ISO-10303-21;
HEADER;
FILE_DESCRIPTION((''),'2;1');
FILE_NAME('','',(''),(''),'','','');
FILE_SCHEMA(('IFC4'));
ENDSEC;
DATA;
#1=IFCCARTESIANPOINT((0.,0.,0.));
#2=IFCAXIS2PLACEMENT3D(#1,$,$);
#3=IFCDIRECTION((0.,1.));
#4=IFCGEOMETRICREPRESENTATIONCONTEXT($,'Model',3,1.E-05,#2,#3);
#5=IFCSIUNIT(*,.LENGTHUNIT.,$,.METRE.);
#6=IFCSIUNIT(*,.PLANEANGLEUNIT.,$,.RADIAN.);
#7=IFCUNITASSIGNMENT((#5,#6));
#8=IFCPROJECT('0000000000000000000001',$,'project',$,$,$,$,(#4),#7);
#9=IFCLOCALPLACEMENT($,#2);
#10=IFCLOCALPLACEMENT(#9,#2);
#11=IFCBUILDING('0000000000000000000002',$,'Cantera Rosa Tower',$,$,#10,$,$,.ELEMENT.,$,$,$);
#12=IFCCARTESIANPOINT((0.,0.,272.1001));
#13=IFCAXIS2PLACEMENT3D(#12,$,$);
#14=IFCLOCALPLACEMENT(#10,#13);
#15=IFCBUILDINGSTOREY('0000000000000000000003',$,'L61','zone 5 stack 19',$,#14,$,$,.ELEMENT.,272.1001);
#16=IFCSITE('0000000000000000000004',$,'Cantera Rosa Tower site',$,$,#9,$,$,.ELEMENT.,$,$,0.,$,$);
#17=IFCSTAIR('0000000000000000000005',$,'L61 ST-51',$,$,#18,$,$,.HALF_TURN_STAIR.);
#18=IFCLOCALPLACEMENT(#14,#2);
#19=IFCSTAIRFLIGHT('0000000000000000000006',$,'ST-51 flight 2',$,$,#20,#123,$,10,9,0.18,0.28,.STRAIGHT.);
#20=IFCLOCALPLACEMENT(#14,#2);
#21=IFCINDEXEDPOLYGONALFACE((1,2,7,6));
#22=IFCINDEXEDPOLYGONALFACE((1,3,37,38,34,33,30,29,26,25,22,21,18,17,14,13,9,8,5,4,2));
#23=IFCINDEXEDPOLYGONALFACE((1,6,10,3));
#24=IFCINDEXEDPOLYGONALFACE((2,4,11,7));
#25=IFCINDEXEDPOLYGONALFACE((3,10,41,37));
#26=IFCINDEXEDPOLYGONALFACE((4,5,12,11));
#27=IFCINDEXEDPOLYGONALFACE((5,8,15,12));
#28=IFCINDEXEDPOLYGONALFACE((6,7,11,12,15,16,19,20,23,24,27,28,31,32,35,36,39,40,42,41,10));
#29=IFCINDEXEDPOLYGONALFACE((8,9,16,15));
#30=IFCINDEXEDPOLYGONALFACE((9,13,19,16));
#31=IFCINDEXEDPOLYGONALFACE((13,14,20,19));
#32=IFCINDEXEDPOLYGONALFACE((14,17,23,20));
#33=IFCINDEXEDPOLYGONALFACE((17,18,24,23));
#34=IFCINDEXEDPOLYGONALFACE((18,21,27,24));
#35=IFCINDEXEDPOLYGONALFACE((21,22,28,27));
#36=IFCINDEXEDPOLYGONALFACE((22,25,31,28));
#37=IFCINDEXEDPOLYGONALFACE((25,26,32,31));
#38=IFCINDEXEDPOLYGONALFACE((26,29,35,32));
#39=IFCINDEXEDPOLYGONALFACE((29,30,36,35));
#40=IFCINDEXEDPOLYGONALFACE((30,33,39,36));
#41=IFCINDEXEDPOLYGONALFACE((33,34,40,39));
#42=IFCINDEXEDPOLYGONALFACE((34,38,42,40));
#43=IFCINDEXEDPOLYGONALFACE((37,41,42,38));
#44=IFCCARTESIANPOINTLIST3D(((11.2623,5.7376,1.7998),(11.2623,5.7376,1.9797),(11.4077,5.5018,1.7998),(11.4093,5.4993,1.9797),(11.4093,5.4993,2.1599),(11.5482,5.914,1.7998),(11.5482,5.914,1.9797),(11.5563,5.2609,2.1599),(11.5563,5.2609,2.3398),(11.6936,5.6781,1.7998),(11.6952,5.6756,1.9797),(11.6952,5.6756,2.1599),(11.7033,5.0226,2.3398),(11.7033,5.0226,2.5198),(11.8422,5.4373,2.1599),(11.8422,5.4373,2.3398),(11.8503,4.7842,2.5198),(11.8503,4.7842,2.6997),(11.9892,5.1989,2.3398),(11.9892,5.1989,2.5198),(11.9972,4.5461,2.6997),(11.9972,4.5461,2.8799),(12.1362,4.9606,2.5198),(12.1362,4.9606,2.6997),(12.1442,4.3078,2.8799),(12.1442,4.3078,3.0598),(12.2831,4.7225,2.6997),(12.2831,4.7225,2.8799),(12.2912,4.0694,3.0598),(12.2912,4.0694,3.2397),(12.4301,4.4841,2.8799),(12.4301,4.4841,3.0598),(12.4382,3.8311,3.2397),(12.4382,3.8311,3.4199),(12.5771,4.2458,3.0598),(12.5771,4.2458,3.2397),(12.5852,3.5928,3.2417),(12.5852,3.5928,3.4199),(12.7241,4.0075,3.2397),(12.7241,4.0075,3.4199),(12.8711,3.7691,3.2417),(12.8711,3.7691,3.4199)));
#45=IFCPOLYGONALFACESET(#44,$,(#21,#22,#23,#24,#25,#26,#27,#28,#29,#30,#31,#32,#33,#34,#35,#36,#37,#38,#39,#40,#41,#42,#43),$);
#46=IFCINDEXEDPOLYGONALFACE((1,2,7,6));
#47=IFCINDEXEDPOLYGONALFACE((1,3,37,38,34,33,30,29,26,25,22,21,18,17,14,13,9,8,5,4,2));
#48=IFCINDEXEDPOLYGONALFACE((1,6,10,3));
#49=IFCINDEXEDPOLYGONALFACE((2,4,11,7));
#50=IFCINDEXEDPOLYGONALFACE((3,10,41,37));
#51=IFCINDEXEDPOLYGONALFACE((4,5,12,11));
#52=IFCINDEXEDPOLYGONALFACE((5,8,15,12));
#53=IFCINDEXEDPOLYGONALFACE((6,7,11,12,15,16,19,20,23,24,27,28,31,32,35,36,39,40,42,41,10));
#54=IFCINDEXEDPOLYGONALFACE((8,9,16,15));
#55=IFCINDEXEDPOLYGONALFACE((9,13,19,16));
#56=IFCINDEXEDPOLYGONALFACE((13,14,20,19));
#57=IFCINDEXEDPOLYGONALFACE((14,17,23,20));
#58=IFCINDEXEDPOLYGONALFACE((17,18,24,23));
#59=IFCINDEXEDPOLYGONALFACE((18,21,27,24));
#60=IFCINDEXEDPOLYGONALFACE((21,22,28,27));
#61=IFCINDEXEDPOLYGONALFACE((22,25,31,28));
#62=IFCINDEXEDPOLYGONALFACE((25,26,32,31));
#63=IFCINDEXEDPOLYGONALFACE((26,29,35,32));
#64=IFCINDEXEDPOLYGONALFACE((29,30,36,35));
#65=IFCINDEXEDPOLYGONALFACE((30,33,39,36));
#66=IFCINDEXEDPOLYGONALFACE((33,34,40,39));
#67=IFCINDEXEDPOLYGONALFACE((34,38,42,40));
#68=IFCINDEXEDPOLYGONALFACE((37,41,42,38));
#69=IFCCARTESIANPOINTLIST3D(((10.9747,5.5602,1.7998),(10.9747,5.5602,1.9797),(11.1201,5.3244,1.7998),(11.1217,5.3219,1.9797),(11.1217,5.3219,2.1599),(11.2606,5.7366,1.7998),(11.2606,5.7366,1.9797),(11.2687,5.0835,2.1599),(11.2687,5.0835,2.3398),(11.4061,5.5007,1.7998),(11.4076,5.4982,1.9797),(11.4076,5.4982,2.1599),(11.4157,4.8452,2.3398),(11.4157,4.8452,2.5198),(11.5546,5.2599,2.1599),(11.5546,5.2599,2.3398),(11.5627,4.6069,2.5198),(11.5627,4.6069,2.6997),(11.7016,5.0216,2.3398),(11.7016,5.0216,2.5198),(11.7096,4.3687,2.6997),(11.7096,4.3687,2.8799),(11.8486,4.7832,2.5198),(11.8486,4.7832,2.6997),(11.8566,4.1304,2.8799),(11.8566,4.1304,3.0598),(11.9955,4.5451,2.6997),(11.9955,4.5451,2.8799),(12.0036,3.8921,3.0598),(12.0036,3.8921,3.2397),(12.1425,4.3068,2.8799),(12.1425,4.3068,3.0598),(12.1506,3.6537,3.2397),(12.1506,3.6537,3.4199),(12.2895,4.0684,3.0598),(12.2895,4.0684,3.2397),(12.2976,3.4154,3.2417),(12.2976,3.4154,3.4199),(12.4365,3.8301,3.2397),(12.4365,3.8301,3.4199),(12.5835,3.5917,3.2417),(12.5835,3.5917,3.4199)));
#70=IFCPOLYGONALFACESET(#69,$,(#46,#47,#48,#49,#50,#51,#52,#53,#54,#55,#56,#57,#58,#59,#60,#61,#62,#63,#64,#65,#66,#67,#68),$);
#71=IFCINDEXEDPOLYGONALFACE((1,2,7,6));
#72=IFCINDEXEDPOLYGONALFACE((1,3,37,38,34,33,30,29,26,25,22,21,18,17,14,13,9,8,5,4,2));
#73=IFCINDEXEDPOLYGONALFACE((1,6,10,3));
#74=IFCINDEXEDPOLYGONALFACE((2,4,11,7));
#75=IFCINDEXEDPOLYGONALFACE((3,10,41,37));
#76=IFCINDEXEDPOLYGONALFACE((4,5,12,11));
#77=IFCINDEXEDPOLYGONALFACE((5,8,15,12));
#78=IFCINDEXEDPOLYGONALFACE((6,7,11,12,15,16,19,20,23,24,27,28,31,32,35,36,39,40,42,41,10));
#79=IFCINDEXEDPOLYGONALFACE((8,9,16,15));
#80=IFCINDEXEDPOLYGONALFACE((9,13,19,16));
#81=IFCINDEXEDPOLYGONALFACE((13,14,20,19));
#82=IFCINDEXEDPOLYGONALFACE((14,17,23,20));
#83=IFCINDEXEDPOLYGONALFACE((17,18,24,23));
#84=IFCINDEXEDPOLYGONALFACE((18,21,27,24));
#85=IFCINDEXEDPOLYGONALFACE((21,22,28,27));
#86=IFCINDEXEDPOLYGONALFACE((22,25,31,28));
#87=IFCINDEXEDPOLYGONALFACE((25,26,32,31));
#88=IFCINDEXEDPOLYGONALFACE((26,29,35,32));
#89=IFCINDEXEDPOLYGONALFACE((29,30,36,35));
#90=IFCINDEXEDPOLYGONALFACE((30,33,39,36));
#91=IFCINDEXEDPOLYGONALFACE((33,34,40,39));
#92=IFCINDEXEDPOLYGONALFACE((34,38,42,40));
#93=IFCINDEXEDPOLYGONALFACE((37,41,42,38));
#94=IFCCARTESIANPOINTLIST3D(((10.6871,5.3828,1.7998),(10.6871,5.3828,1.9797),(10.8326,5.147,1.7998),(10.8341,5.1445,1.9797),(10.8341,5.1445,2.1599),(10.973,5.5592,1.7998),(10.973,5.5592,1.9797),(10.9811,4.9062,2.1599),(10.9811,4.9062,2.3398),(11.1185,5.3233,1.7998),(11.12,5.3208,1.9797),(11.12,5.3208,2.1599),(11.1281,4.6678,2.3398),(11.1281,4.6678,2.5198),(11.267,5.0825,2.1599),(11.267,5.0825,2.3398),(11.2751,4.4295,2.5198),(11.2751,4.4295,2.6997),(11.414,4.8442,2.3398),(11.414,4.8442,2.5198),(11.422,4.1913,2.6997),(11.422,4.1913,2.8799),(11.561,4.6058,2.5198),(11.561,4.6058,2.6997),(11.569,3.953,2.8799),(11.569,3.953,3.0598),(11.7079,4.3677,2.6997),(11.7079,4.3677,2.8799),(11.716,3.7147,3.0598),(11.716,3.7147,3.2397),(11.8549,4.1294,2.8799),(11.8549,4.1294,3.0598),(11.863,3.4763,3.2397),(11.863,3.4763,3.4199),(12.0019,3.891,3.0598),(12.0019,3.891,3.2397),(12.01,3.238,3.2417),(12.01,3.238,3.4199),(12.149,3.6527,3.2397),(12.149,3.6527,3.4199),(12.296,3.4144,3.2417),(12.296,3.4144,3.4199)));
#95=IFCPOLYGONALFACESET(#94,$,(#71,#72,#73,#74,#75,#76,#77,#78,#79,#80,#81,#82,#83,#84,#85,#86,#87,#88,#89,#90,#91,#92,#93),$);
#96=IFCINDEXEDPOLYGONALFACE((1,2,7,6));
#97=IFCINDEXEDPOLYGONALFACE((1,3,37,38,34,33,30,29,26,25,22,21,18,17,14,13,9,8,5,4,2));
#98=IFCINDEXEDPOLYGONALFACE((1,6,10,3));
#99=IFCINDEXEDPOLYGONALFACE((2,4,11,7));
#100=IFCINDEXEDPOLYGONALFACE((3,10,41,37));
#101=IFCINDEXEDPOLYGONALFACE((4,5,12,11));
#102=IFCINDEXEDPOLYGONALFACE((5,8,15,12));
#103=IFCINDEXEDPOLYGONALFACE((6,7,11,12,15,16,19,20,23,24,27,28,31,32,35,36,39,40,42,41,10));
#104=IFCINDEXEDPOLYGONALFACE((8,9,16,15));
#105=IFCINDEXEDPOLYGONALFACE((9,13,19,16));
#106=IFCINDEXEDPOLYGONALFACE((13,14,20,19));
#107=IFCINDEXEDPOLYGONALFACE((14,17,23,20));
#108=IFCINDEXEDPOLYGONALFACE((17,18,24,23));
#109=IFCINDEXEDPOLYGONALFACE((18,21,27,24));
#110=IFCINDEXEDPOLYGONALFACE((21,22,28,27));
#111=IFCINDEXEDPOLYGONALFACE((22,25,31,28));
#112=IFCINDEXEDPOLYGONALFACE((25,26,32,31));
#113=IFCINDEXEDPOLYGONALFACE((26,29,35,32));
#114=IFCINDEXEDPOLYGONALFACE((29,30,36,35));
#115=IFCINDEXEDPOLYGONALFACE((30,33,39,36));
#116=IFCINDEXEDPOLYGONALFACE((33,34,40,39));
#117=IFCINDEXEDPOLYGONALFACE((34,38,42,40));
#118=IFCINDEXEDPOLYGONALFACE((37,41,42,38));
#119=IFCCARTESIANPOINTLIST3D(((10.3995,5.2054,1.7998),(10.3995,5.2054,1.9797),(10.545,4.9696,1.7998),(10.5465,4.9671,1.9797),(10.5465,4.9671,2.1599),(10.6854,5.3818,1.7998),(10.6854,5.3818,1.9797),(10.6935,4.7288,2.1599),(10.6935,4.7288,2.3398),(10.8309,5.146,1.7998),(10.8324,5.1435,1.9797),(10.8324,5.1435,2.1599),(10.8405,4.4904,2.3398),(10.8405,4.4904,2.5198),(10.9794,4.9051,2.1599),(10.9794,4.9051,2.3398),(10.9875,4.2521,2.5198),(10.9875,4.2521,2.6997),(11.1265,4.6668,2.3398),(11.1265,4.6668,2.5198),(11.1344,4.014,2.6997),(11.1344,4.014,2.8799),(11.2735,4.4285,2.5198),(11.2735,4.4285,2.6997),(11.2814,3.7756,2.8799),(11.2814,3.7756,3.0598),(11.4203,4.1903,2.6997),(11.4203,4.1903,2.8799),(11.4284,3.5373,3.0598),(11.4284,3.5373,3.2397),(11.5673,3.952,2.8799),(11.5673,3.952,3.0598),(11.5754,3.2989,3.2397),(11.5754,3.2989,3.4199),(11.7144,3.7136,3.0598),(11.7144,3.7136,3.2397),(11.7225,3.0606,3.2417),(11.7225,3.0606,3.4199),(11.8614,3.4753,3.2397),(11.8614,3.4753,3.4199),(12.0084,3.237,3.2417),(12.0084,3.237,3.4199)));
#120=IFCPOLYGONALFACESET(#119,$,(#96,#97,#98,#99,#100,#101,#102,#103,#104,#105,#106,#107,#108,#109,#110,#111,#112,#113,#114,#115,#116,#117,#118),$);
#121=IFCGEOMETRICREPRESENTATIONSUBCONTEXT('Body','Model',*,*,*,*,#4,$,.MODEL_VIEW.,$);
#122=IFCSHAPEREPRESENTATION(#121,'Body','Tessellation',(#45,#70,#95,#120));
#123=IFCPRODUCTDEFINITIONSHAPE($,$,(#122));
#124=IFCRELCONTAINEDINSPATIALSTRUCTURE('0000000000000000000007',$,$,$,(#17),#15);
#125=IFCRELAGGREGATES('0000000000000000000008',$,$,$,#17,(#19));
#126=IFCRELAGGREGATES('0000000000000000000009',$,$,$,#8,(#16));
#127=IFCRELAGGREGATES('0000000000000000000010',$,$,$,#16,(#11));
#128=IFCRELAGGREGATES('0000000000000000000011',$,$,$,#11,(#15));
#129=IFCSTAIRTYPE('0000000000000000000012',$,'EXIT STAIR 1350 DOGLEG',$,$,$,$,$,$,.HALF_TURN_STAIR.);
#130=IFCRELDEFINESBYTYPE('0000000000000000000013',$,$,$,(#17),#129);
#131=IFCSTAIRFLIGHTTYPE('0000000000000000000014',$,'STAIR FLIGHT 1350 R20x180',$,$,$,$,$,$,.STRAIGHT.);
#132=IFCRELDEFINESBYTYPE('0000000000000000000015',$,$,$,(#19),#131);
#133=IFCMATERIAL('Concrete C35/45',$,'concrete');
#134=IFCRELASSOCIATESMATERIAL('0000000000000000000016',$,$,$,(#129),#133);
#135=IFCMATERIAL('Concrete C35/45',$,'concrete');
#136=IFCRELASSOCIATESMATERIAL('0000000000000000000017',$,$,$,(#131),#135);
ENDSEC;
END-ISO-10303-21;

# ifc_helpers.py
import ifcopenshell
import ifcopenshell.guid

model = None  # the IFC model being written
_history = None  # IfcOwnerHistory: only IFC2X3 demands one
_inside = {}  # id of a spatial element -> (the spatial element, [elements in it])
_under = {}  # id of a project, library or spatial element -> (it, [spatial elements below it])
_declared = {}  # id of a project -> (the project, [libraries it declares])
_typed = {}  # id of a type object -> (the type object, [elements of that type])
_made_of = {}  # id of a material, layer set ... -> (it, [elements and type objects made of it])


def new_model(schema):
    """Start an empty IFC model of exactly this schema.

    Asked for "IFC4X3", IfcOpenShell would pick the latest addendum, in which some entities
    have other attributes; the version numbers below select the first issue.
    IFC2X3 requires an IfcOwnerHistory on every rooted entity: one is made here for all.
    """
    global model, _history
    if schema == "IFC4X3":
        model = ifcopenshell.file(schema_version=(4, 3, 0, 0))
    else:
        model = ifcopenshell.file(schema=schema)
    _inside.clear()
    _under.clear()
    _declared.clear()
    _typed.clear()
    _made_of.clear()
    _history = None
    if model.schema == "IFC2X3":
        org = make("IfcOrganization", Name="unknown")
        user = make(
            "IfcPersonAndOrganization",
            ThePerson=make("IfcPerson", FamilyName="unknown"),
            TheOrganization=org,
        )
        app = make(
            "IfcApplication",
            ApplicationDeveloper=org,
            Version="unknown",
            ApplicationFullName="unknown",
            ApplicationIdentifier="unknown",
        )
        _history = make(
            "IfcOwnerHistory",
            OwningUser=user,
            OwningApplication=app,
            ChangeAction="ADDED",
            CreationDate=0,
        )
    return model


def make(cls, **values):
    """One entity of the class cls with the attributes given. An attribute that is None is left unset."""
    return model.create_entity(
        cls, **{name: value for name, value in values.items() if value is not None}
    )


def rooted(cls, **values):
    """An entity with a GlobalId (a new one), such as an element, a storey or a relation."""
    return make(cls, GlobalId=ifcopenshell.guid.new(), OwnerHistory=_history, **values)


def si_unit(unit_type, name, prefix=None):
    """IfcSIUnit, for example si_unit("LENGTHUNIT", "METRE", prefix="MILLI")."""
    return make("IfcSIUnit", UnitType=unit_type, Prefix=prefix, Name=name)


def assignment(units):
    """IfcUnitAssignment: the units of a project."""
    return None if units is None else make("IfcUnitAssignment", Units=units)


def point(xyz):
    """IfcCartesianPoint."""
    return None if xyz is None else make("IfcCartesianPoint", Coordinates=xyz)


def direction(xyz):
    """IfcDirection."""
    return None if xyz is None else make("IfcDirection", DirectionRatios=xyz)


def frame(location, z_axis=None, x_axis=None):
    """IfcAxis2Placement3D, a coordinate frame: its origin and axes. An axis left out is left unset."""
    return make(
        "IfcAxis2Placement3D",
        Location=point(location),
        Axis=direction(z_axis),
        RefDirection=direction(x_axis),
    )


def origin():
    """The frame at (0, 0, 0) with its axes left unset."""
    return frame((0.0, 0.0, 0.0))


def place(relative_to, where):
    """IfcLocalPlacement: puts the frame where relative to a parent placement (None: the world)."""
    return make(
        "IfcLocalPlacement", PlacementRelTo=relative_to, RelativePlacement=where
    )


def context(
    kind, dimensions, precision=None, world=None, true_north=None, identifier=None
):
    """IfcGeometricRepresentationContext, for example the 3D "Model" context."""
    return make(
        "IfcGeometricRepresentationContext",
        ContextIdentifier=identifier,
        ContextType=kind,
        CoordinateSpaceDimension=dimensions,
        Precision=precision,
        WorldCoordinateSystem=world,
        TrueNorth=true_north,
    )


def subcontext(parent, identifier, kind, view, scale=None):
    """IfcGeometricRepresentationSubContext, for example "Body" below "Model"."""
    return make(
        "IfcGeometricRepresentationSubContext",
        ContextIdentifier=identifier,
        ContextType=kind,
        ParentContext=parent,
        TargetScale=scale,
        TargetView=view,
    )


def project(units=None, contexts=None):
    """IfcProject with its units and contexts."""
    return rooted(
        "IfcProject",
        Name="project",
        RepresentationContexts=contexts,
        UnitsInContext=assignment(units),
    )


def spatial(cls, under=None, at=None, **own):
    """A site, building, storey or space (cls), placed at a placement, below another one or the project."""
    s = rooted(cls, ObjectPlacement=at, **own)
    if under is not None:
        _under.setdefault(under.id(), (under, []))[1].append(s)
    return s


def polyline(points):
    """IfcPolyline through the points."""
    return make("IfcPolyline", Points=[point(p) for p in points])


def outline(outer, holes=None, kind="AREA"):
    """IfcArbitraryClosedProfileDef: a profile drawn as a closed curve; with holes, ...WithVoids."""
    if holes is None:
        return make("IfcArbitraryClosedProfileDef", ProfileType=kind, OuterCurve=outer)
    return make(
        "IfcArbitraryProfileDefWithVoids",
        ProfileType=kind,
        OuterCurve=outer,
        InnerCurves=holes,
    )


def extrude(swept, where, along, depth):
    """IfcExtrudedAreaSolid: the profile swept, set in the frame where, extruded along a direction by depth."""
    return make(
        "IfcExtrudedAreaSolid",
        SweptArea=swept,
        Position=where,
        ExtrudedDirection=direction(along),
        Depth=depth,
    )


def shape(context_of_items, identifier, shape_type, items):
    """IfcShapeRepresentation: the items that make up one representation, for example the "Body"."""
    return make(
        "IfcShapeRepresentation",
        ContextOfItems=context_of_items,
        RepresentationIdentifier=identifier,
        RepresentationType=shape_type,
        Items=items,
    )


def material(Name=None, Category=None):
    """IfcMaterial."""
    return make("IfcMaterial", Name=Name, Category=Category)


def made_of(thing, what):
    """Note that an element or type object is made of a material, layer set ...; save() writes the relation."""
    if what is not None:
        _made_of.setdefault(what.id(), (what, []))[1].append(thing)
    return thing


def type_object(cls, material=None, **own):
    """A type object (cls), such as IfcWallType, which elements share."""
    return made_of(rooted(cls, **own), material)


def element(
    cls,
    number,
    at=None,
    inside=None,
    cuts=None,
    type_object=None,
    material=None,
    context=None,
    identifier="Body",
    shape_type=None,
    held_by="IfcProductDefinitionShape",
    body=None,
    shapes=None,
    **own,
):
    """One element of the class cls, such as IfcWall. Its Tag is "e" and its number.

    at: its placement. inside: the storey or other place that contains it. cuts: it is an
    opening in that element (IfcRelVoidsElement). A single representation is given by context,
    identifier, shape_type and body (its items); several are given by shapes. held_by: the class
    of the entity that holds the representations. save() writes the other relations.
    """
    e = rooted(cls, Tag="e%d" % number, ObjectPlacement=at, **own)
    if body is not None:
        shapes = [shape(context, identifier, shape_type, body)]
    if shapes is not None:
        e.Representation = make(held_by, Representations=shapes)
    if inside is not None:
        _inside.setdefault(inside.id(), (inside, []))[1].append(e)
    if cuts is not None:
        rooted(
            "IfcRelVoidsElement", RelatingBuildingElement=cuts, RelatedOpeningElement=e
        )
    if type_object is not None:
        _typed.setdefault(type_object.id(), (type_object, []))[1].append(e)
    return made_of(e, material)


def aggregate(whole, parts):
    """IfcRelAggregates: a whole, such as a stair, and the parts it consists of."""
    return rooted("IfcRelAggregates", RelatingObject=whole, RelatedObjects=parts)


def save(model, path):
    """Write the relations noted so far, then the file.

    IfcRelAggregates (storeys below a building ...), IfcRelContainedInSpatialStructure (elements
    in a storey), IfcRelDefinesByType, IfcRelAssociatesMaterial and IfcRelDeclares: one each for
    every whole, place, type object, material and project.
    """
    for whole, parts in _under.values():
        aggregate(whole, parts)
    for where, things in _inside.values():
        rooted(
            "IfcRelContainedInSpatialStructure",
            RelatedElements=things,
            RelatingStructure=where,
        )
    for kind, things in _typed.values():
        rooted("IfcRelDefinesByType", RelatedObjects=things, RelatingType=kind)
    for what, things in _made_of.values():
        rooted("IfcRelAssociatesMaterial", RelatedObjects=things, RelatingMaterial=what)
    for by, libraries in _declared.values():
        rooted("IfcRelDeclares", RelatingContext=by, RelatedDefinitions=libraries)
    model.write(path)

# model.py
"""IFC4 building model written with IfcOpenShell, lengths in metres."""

from ifc_helpers import new_model, si_unit, direction, frame, origin, place, context, subcontext, project, spatial, polyline, outline, extrude, material, type_object, element, aggregate, save


model = new_model("IFC4")

# Units and contexts
model_context = context("Model", 3, precision=1e-05, world=origin(), true_north=direction((0.0, 1.0)))
body_context = subcontext(model_context, "Body", "Model", "MODEL_VIEW")
ifc_project = project(units=[si_unit("LENGTHUNIT", "METRE"), si_unit("PLANEANGLEUNIT", "RADIAN")], contexts=[model_context])

# Site, building, storey
site_placement = place(None, origin())
site = spatial("IfcSite", under=ifc_project, at=site_placement, Name="Cantera Rosa Tower site", CompositionType="ELEMENT", RefElevation=0.0)
building_placement = place(site_placement, origin())
building = spatial("IfcBuilding", under=site, at=building_placement, Name="Cantera Rosa Tower", CompositionType="ELEMENT")
storey_placement = place(building_placement, frame((0.0, 0.0, 272.1001)))
storey = spatial("IfcBuildingStorey", under=building, at=storey_placement, Name="L61", Description="zone 5 stack 19", CompositionType="ELEMENT", Elevation=272.1001)

# Shared definitions
ifc_material_1 = material(Name="Concrete C35/45", Category="concrete")
stair_type_1 = type_object("IfcStairType", Name="EXIT STAIR 1350 DOGLEG", PredefinedType="HALF_TURN_STAIR", material=ifc_material_1)

# Stair, stair flight
stair_1_placement = place(storey_placement, origin())
stair_1 = element("IfcStair", 1, at=stair_1_placement, inside=storey, type_object=stair_type_1, Name="L61 ST-51", PredefinedType="HALF_TURN_STAIR")
ifc_material_2 = material(Name="Concrete C35/45", Category="concrete")
stair_flight_type = type_object("IfcStairFlightType", Name="STAIR FLIGHT 1350 R20x180", PredefinedType="STRAIGHT", material=ifc_material_2)
stair_flight_1_placement = place(storey_placement, frame((10.9736, 5.5596, 1.7998), z_axis=(0.0, 0.0, 1.0), x_axis=(0.524977, -0.851117, 0.0)))
stair_flight_1 = element("IfcStairFlight", 2, at=stair_flight_1_placement, type_object=stair_flight_type, Name="ST-51 flight 2", NumberOfRisers=10, NumberOfTreads=9, PredefinedType="STRAIGHT", RiserHeight=0.18, TreadLength=0.28, context=body_context, shape_type="SweptSolid", body=[
    extrude(outline(polyline([(0.0, 0.0), (0.0, 0.1799), (0.28, 0.1799), (0.28, 0.3601), (0.5601, 0.3601), (0.5601, 0.54), (0.8401, 0.54), (0.8401, 0.72), (1.1201, 0.72), (1.1201, 0.8999), (1.3999, 0.8999), (1.3999, 1.0801), (1.6799, 1.0801), (1.6799, 1.26), (1.96, 1.26), (1.96, 1.4399), (2.24, 1.4399), (2.24, 1.6201), (2.52, 1.6201), (2.52, 1.8), (2.52, 1.4419), (0.2771, 0.0), (0.0, 0.0)])), frame((0.0, 0.675, 0.0), z_axis=(0.0, -1.0, 0.0), x_axis=(1.0, 0.0, 0.0)), (0.0, 0.0, 1.0), 0.3359),
    extrude(outline(polyline([(0.0, 0.0), (0.0, 0.1799), (0.28, 0.1799), (0.28, 0.3601), (0.5601, 0.3601), (0.5601, 0.54), (0.8401, 0.54), (0.8401, 0.72), (1.1201, 0.72), (1.1201, 0.8999), (1.3999, 0.8999), (1.3999, 1.0801), (1.6799, 1.0801), (1.6799, 1.26), (1.96, 1.26), (1.96, 1.4399), (2.24, 1.4399), (2.24, 1.6201), (2.52, 1.6201), (2.52, 1.8), (2.52, 1.4419), (0.2771, 0.0), (0.0, 0.0)])), frame((0.0, 0.3372, 0.0), z_axis=(0.0, -1.0, 0.0), x_axis=(1.0, 0.0, 0.0)), (0.0, 0.0, 1.0), 0.3359),
    extrude(outline(polyline([(0.0, 0.0), (0.0, 0.1799), (0.28, 0.1799), (0.28, 0.3601), (0.5601, 0.3601), (0.5601, 0.54), (0.8401, 0.54), (0.8401, 0.72), (1.1201, 0.72), (1.1201, 0.8999), (1.3999, 0.8999), (1.3999, 1.0801), (1.6799, 1.0801), (1.6799, 1.26), (1.96, 1.26), (1.96, 1.4399), (2.24, 1.4399), (2.24, 1.6201), (2.52, 1.6201), (2.52, 1.8), (2.52, 1.4419), (0.2771, 0.0), (0.0, 0.0)])), frame((0.0, -0.0007, 0.0), z_axis=(0.0, -1.0, 0.0), x_axis=(1.0, 0.0, 0.0)), (0.0, 0.0, 1.0), 0.3359),
    extrude(outline(polyline([(0.0, 0.0), (0.0, 0.1799), (0.28, 0.1799), (0.28, 0.3601), (0.5601, 0.3601), (0.5601, 0.54), (0.8401, 0.54), (0.8401, 0.72), (1.1201, 0.72), (1.1201, 0.8999), (1.3999, 0.8999), (1.3999, 1.0801), (1.6799, 1.0801), (1.6799, 1.26), (1.96, 1.26), (1.96, 1.4399), (2.24, 1.4399), (2.24, 1.6201), (2.52, 1.6201), (2.52, 1.8), (2.52, 1.4419), (0.2771, 0.0), (0.0, 0.0)])), frame((0.0, -0.3386, 0.0), z_axis=(0.0, -1.0, 0.0), x_axis=(1.0, 0.0, 0.0)), (0.0, 0.0, 1.0), 0.3359),
])
aggregate(stair_1, [stair_flight_1])

save(model, "model.ifc")
